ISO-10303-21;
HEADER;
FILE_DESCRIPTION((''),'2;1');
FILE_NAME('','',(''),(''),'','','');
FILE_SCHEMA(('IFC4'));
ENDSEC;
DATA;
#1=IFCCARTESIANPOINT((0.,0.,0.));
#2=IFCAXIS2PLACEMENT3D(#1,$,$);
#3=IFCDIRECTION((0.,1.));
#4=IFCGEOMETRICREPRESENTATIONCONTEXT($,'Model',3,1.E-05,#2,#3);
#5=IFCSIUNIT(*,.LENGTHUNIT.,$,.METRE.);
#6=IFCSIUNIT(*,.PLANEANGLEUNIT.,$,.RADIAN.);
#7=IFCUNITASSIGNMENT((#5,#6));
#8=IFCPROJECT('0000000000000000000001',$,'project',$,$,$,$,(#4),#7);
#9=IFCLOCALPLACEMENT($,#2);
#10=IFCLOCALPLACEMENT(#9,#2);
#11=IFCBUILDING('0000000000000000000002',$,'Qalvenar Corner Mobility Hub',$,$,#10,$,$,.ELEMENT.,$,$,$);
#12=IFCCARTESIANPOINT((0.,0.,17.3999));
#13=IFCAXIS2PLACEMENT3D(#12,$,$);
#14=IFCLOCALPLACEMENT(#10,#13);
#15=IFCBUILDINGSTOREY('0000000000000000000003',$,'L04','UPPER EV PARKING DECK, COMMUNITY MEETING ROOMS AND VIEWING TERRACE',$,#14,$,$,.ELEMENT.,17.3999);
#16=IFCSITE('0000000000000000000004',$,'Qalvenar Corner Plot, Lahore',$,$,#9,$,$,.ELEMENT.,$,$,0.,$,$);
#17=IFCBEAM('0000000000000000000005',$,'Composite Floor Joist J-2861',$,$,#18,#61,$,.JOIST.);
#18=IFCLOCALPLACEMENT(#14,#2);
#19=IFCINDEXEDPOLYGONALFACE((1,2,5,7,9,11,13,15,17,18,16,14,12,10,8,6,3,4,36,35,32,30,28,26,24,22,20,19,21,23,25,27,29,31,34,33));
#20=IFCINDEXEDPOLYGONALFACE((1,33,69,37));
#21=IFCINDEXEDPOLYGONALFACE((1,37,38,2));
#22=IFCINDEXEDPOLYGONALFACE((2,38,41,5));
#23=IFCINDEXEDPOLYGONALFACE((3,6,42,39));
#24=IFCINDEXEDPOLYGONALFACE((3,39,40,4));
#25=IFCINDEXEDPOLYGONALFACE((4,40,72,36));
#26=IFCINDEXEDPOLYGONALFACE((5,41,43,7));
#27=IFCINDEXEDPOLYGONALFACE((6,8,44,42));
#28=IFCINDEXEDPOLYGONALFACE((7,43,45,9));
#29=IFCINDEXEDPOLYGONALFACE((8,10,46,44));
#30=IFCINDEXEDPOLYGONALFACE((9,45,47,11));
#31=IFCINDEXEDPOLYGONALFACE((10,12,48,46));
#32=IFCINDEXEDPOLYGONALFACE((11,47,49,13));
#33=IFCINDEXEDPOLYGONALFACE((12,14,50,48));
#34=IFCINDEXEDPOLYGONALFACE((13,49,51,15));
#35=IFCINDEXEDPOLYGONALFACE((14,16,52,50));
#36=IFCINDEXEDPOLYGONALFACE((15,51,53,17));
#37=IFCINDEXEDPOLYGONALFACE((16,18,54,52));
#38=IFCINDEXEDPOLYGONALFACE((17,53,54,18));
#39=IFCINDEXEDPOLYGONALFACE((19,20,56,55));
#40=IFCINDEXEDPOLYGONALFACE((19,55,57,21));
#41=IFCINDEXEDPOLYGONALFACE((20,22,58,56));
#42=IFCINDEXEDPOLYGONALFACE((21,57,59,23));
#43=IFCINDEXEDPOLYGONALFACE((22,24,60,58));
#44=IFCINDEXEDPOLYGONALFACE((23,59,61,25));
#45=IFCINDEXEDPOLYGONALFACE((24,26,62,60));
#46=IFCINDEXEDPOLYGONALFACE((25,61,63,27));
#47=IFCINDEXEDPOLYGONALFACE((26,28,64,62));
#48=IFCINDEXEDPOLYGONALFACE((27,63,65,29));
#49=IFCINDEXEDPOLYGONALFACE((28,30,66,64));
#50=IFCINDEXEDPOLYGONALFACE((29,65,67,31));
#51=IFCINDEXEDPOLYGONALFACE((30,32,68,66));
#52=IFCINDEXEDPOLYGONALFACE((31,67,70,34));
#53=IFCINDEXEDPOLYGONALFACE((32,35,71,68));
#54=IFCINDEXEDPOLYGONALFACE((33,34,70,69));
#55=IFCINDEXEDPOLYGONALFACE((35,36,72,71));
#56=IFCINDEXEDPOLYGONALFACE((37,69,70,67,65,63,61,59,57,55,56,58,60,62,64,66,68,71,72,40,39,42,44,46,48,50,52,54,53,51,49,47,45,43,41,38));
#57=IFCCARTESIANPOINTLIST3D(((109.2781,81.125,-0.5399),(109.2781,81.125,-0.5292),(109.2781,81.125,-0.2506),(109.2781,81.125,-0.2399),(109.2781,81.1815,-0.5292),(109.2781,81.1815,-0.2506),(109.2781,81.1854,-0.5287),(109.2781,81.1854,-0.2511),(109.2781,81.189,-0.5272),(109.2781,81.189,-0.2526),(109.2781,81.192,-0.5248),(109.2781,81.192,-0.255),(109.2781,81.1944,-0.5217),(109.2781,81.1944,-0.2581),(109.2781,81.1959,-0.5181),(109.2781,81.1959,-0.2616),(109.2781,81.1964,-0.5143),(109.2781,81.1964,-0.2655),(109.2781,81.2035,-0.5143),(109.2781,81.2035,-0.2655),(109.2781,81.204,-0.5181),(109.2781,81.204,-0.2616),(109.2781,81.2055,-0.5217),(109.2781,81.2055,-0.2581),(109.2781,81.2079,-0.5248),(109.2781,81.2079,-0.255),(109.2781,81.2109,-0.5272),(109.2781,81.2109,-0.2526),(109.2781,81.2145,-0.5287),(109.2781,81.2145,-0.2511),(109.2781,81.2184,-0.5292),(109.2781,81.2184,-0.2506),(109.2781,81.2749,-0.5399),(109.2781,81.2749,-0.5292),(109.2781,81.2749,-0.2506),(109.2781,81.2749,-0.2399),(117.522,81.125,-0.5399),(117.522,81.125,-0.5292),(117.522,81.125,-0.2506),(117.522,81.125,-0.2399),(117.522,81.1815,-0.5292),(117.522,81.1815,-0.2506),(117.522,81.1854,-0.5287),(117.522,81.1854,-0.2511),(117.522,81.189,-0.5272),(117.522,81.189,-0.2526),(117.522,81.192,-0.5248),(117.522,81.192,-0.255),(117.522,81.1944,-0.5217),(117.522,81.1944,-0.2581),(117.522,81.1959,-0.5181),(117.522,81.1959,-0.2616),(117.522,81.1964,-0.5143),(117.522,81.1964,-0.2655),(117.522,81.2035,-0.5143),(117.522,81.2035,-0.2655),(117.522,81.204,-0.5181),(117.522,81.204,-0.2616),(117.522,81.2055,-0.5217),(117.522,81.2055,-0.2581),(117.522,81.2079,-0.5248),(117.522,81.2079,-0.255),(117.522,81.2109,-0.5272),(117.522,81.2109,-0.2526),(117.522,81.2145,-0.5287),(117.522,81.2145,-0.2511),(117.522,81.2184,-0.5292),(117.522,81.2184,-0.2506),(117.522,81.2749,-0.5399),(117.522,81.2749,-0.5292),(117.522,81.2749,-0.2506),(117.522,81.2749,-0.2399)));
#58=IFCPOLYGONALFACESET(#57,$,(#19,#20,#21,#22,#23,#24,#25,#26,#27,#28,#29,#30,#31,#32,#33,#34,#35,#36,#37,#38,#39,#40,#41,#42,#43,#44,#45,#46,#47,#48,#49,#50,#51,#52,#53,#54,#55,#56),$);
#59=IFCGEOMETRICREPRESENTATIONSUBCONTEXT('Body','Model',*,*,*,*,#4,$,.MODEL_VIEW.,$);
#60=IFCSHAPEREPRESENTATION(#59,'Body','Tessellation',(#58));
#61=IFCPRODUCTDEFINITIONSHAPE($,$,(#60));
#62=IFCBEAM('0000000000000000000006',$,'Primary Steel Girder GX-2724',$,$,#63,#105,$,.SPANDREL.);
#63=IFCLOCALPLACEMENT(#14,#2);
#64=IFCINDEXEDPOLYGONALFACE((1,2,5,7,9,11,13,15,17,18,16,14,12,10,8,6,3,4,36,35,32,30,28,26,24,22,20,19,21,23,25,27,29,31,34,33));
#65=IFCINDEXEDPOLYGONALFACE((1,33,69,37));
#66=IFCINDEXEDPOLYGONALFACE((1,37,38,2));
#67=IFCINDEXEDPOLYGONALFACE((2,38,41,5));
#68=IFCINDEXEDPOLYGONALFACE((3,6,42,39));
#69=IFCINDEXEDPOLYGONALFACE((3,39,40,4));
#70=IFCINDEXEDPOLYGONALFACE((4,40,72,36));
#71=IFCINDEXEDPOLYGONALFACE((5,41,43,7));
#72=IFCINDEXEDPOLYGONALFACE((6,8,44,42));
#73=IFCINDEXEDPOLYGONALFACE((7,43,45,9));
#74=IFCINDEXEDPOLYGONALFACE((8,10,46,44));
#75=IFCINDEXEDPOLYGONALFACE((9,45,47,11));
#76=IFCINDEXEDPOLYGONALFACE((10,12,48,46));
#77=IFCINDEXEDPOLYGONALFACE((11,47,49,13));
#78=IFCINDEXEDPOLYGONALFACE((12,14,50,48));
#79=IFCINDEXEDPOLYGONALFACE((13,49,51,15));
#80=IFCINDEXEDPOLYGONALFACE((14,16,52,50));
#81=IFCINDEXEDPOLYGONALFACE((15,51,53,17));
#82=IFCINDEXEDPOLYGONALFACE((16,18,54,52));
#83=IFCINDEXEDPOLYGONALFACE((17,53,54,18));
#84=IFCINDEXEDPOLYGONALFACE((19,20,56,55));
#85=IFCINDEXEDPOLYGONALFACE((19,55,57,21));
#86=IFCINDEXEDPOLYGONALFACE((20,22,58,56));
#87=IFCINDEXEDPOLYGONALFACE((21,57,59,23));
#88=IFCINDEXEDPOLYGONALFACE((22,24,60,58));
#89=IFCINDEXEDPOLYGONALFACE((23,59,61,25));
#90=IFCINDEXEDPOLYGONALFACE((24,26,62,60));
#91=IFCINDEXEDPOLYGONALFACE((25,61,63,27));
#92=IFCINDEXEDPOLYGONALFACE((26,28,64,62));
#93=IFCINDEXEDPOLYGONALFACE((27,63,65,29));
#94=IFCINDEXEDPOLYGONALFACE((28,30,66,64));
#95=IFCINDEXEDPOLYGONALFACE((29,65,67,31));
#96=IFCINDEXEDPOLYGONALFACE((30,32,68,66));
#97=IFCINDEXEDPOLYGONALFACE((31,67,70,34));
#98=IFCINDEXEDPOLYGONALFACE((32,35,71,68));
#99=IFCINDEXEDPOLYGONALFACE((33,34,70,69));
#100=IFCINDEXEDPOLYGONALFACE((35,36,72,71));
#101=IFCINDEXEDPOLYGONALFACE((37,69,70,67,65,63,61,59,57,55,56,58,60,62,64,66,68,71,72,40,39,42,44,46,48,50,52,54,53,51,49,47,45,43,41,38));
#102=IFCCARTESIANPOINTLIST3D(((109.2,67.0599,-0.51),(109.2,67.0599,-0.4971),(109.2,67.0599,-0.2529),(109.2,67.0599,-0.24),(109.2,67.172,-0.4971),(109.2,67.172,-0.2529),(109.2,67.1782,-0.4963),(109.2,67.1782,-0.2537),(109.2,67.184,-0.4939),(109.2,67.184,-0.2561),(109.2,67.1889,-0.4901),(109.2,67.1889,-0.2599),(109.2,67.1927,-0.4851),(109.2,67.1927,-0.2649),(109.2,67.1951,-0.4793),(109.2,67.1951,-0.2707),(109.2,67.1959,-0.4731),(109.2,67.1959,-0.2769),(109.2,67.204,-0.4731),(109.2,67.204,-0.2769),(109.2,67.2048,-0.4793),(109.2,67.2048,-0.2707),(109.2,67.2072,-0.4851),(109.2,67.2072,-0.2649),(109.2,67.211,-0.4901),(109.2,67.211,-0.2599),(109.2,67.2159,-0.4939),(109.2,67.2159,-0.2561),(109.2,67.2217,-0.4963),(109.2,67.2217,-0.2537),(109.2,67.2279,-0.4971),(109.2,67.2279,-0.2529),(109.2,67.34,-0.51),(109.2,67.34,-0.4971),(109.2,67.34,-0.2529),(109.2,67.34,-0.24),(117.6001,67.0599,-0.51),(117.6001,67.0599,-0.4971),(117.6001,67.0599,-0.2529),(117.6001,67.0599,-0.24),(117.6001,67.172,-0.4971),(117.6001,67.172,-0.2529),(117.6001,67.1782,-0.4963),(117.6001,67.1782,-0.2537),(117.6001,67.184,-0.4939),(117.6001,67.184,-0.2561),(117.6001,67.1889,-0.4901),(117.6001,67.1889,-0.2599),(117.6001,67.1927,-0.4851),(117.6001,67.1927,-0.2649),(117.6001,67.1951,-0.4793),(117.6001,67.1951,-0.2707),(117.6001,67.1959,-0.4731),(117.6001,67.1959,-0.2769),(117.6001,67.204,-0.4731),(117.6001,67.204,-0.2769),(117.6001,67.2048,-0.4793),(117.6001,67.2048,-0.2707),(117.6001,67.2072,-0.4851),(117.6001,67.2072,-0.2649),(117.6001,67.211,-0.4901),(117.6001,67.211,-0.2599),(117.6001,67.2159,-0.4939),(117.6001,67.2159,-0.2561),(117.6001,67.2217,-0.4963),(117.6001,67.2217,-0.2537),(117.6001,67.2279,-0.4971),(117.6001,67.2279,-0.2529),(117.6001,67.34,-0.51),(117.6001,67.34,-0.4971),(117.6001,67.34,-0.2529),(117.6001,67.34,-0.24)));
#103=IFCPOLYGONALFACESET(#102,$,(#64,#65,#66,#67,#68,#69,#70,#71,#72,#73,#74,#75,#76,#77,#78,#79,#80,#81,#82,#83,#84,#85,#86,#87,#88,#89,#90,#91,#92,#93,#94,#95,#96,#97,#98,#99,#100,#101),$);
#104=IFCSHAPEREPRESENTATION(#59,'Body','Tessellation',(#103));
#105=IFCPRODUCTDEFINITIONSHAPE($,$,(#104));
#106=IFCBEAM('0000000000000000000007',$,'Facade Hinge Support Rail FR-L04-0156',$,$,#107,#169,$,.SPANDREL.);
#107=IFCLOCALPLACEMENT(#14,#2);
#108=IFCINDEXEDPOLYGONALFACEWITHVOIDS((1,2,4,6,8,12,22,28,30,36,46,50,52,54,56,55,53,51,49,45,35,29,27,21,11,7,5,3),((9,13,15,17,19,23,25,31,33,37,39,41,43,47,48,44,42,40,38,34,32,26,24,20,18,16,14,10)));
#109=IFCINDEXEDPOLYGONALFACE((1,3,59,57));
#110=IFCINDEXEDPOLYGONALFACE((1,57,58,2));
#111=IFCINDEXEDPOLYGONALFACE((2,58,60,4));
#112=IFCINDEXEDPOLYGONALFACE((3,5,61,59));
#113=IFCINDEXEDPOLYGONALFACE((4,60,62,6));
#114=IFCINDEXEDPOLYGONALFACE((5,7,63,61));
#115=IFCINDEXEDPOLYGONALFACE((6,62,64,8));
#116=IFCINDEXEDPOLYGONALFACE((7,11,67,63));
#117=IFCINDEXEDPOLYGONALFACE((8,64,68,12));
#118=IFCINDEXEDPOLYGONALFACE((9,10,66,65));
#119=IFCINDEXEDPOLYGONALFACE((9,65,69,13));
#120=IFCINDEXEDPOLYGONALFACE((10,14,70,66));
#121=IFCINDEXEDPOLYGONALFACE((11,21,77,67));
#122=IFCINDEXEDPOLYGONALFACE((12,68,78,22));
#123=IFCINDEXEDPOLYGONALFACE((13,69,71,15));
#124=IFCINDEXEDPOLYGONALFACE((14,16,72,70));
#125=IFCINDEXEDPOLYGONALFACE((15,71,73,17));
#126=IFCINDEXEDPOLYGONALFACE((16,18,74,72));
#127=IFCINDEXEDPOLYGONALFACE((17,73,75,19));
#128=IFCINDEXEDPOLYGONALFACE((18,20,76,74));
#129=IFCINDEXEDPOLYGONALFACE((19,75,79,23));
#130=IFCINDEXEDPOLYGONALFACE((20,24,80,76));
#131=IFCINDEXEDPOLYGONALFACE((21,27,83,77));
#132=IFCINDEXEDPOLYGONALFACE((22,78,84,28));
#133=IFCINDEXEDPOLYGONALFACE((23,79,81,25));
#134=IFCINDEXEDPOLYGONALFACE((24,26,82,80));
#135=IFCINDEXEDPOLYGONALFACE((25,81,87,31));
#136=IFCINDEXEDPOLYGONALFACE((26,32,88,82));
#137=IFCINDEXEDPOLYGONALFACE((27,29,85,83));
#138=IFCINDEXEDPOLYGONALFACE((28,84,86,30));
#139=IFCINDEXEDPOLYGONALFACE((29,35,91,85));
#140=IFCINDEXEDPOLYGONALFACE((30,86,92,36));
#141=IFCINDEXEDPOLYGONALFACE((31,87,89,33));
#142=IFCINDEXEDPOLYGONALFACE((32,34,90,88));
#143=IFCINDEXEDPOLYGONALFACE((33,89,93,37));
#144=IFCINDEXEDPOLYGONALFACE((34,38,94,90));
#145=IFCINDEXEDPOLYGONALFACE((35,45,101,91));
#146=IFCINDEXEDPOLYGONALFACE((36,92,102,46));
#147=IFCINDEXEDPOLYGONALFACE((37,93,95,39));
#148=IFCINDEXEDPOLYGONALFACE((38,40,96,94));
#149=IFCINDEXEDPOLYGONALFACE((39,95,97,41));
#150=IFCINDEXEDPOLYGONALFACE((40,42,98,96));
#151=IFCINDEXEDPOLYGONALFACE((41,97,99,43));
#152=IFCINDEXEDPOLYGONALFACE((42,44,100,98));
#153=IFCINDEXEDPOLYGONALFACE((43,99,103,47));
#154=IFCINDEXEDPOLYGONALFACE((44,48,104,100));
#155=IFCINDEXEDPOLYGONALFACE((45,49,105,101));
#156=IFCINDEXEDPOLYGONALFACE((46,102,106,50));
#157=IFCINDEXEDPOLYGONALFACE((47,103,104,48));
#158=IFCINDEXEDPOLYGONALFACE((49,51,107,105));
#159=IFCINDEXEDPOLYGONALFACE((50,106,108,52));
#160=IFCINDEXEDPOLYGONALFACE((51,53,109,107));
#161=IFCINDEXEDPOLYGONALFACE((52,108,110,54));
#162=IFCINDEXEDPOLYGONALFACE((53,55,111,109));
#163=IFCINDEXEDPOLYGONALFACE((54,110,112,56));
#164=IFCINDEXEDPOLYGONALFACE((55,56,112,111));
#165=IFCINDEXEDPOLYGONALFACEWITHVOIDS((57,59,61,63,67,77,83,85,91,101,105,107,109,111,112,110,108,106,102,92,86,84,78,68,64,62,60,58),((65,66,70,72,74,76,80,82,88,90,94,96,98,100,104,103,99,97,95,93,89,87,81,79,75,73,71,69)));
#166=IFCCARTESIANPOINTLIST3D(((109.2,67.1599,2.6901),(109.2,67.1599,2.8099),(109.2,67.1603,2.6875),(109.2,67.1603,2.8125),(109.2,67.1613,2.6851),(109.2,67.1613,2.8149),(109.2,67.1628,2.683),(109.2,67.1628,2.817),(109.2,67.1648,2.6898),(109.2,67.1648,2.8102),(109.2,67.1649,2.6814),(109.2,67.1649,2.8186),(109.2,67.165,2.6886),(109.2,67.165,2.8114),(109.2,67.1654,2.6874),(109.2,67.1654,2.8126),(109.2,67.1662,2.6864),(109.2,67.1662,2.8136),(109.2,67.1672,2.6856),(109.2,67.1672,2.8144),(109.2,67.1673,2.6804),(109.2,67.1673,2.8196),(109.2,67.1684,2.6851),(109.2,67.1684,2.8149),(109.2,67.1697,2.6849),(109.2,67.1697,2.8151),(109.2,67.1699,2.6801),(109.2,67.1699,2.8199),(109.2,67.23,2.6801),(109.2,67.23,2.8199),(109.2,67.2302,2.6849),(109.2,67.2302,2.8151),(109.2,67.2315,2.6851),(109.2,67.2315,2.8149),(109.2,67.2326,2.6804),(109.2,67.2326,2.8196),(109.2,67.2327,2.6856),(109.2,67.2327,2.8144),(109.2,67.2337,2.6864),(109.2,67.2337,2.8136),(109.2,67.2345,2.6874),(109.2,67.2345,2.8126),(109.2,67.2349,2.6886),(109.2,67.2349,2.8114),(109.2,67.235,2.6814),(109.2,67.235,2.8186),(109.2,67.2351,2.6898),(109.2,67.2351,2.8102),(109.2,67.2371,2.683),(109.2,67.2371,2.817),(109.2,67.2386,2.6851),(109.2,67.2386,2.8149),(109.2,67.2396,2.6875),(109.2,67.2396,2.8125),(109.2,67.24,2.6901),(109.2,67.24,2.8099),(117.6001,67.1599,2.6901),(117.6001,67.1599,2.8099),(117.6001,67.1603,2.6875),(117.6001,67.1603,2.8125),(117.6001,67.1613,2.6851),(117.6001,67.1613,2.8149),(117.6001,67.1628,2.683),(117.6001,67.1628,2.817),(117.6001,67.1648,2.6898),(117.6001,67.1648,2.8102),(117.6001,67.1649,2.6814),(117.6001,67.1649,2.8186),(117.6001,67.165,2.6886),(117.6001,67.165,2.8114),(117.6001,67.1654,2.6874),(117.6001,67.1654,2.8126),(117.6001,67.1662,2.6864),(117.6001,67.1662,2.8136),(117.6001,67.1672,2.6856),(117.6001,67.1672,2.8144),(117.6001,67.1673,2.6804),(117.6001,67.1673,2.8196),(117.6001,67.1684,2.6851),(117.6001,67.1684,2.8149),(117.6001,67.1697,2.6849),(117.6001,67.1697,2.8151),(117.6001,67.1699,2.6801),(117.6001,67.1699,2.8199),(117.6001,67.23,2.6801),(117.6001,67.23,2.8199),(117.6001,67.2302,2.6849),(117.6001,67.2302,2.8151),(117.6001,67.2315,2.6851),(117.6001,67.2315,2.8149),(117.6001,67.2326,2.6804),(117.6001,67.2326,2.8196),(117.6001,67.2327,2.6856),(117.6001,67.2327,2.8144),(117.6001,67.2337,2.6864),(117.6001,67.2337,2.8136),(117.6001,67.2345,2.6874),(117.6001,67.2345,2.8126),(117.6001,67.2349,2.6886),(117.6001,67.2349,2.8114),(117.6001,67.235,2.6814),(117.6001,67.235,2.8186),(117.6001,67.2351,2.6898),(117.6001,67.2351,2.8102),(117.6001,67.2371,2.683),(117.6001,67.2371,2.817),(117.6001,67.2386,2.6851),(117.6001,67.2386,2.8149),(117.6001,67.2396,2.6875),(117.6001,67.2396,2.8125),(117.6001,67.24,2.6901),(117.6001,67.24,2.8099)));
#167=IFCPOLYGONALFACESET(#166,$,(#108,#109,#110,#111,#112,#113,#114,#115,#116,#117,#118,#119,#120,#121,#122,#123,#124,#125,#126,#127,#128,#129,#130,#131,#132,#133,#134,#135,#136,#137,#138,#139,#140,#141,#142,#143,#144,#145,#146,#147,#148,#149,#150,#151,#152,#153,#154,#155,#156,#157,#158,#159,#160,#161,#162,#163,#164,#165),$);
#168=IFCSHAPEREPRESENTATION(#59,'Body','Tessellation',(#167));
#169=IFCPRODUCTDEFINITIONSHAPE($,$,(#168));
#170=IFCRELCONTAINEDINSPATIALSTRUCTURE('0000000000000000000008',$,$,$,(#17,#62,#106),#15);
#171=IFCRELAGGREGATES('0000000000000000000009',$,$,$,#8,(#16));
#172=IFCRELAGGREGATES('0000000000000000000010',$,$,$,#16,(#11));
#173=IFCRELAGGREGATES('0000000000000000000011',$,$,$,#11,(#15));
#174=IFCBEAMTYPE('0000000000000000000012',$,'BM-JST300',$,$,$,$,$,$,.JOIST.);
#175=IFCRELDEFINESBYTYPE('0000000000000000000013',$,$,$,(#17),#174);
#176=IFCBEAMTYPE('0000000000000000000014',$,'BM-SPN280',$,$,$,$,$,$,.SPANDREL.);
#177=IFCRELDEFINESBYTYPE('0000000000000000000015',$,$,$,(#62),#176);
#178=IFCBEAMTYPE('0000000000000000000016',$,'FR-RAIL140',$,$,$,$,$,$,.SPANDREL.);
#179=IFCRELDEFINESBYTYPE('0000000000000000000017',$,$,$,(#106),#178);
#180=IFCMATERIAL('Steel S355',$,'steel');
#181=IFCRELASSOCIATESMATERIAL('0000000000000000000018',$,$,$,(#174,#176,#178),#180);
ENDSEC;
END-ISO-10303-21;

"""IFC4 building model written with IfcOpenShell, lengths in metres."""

from ifc_helpers import new_model, si_unit, direction, frame, origin, origin_2d, place, context, subcontext, project, spatial, hollow_rectangle, i_section, extrude, material, material_profile, profile_set, type_object, element, save


model = new_model("IFC4")

# Units and contexts
model_context = context("Model", 3, precision=1e-05, world=origin(), true_north=direction((0.0, 1.0)))
body_context = subcontext(model_context, "Body", "Model", "MODEL_VIEW")
ifc_project = project(units=[si_unit("LENGTHUNIT", "METRE"), si_unit("PLANEANGLEUNIT", "RADIAN")], contexts=[model_context])

# Site, building, storey
site_placement = place(None, origin())
site = spatial("IfcSite", under=ifc_project, at=site_placement, Name="Qalvenar Corner Plot, Lahore", CompositionType="ELEMENT", RefElevation=0.0)
building_placement = place(site_placement, origin())
building = spatial("IfcBuilding", under=site, at=building_placement, Name="Qalvenar Corner Mobility Hub", CompositionType="ELEMENT")
storey_placement = place(building_placement, frame((0.0, 0.0, 17.3999)))
storey = spatial("IfcBuildingStorey", under=building, at=storey_placement, Name="L04", Description="UPPER EV PARKING DECK, COMMUNITY MEETING ROOMS AND VIEWING TERRACE", CompositionType="ELEMENT", Elevation=17.3999)

# Shared definitions
ifc_material = material(Name="Steel S355", Category="steel")

# Beams
ifc_material_profile_1 = material_profile(ifc_material, i_section(OverallWidth=0.1499, OverallDepth=0.3, WebThickness=0.0071, FlangeThickness=0.0107, FilletRadius=0.0149, at=origin_2d()), Name="IPE300")
ifc_profile_set_1 = profile_set([ifc_material_profile_1], Name="Steel S355")
beam_type_1 = type_object("IfcBeamType", Name="BM-JST300", PredefinedType="JOIST", material=ifc_profile_set_1)
for number, where, z_axis, x_axis, name in (
    (1, (109.2781, 81.2, -0.3899), (1.0, 0.0, 0.0), (0.0, 1.0, 0.0), "Composite Floor Joist J-2861"),
):
    element("IfcBeam", number, at=place(storey_placement, frame(where, z_axis=z_axis, x_axis=x_axis)), inside=storey, type_object=beam_type_1, Name=name, PredefinedType="JOIST", context=body_context, shape_type="SweptSolid", body=[
        extrude(i_section(OverallWidth=0.1499, OverallDepth=0.3, WebThickness=0.0071, FlangeThickness=0.0107, FilletRadius=0.0149, at=origin_2d()), origin(), (0.0, 0.0, 1.0), 8.2439),
    ])
ifc_material_profile_2 = material_profile(ifc_material, i_section(OverallWidth=0.28, OverallDepth=0.27, WebThickness=0.0081, FlangeThickness=0.0129, FilletRadius=0.0239, at=origin_2d()), Name="HEA280")
ifc_profile_set_2 = profile_set([ifc_material_profile_2], Name="Steel S355")
beam_type_2 = type_object("IfcBeamType", Name="BM-SPN280", PredefinedType="SPANDREL", material=ifc_profile_set_2)
beam_1_placement = place(storey_placement, frame((109.2, 67.2, -0.375), z_axis=(1.0, 0.0, 0.0), x_axis=(0.0, 1.0, 0.0)))
element("IfcBeam", 2, at=beam_1_placement, inside=storey, type_object=beam_type_2, Name="Primary Steel Girder GX-2724", PredefinedType="SPANDREL", context=body_context, shape_type="SweptSolid", body=[
    extrude(i_section(OverallWidth=0.28, OverallDepth=0.27, WebThickness=0.0081, FlangeThickness=0.0129, FilletRadius=0.0239, at=origin_2d()), origin(), (0.0, 0.0, 1.0), 8.4001),
])
ifc_material_profile_3 = material_profile(ifc_material, hollow_rectangle(XDim=0.0801, YDim=0.1399, WallThickness=0.0049, InnerFilletRadius=0.0049, OuterFilletRadius=0.01, at=origin_2d()), Name="RHS140x80x5")
ifc_profile_set_3 = profile_set([ifc_material_profile_3], Name="Steel S355")
beam_type_3 = type_object("IfcBeamType", Name="FR-RAIL140", PredefinedType="SPANDREL", material=ifc_profile_set_3)
beam_2_placement = place(storey_placement, frame((109.2, 67.2, 2.75), z_axis=(1.0, 0.0, 0.0), x_axis=(0.0, 1.0, 0.0)))
element("IfcBeam", 3, at=beam_2_placement, inside=storey, type_object=beam_type_3, Name="Facade Hinge Support Rail FR-L04-0156", PredefinedType="SPANDREL", context=body_context, shape_type="SweptSolid", body=[
    extrude(hollow_rectangle(XDim=0.0801, YDim=0.1399, WallThickness=0.0049, InnerFilletRadius=0.0049, OuterFilletRadius=0.01, at=origin_2d()), origin(), (0.0, 0.0, 1.0), 8.4001),
])

save(model, "model.ifc")
